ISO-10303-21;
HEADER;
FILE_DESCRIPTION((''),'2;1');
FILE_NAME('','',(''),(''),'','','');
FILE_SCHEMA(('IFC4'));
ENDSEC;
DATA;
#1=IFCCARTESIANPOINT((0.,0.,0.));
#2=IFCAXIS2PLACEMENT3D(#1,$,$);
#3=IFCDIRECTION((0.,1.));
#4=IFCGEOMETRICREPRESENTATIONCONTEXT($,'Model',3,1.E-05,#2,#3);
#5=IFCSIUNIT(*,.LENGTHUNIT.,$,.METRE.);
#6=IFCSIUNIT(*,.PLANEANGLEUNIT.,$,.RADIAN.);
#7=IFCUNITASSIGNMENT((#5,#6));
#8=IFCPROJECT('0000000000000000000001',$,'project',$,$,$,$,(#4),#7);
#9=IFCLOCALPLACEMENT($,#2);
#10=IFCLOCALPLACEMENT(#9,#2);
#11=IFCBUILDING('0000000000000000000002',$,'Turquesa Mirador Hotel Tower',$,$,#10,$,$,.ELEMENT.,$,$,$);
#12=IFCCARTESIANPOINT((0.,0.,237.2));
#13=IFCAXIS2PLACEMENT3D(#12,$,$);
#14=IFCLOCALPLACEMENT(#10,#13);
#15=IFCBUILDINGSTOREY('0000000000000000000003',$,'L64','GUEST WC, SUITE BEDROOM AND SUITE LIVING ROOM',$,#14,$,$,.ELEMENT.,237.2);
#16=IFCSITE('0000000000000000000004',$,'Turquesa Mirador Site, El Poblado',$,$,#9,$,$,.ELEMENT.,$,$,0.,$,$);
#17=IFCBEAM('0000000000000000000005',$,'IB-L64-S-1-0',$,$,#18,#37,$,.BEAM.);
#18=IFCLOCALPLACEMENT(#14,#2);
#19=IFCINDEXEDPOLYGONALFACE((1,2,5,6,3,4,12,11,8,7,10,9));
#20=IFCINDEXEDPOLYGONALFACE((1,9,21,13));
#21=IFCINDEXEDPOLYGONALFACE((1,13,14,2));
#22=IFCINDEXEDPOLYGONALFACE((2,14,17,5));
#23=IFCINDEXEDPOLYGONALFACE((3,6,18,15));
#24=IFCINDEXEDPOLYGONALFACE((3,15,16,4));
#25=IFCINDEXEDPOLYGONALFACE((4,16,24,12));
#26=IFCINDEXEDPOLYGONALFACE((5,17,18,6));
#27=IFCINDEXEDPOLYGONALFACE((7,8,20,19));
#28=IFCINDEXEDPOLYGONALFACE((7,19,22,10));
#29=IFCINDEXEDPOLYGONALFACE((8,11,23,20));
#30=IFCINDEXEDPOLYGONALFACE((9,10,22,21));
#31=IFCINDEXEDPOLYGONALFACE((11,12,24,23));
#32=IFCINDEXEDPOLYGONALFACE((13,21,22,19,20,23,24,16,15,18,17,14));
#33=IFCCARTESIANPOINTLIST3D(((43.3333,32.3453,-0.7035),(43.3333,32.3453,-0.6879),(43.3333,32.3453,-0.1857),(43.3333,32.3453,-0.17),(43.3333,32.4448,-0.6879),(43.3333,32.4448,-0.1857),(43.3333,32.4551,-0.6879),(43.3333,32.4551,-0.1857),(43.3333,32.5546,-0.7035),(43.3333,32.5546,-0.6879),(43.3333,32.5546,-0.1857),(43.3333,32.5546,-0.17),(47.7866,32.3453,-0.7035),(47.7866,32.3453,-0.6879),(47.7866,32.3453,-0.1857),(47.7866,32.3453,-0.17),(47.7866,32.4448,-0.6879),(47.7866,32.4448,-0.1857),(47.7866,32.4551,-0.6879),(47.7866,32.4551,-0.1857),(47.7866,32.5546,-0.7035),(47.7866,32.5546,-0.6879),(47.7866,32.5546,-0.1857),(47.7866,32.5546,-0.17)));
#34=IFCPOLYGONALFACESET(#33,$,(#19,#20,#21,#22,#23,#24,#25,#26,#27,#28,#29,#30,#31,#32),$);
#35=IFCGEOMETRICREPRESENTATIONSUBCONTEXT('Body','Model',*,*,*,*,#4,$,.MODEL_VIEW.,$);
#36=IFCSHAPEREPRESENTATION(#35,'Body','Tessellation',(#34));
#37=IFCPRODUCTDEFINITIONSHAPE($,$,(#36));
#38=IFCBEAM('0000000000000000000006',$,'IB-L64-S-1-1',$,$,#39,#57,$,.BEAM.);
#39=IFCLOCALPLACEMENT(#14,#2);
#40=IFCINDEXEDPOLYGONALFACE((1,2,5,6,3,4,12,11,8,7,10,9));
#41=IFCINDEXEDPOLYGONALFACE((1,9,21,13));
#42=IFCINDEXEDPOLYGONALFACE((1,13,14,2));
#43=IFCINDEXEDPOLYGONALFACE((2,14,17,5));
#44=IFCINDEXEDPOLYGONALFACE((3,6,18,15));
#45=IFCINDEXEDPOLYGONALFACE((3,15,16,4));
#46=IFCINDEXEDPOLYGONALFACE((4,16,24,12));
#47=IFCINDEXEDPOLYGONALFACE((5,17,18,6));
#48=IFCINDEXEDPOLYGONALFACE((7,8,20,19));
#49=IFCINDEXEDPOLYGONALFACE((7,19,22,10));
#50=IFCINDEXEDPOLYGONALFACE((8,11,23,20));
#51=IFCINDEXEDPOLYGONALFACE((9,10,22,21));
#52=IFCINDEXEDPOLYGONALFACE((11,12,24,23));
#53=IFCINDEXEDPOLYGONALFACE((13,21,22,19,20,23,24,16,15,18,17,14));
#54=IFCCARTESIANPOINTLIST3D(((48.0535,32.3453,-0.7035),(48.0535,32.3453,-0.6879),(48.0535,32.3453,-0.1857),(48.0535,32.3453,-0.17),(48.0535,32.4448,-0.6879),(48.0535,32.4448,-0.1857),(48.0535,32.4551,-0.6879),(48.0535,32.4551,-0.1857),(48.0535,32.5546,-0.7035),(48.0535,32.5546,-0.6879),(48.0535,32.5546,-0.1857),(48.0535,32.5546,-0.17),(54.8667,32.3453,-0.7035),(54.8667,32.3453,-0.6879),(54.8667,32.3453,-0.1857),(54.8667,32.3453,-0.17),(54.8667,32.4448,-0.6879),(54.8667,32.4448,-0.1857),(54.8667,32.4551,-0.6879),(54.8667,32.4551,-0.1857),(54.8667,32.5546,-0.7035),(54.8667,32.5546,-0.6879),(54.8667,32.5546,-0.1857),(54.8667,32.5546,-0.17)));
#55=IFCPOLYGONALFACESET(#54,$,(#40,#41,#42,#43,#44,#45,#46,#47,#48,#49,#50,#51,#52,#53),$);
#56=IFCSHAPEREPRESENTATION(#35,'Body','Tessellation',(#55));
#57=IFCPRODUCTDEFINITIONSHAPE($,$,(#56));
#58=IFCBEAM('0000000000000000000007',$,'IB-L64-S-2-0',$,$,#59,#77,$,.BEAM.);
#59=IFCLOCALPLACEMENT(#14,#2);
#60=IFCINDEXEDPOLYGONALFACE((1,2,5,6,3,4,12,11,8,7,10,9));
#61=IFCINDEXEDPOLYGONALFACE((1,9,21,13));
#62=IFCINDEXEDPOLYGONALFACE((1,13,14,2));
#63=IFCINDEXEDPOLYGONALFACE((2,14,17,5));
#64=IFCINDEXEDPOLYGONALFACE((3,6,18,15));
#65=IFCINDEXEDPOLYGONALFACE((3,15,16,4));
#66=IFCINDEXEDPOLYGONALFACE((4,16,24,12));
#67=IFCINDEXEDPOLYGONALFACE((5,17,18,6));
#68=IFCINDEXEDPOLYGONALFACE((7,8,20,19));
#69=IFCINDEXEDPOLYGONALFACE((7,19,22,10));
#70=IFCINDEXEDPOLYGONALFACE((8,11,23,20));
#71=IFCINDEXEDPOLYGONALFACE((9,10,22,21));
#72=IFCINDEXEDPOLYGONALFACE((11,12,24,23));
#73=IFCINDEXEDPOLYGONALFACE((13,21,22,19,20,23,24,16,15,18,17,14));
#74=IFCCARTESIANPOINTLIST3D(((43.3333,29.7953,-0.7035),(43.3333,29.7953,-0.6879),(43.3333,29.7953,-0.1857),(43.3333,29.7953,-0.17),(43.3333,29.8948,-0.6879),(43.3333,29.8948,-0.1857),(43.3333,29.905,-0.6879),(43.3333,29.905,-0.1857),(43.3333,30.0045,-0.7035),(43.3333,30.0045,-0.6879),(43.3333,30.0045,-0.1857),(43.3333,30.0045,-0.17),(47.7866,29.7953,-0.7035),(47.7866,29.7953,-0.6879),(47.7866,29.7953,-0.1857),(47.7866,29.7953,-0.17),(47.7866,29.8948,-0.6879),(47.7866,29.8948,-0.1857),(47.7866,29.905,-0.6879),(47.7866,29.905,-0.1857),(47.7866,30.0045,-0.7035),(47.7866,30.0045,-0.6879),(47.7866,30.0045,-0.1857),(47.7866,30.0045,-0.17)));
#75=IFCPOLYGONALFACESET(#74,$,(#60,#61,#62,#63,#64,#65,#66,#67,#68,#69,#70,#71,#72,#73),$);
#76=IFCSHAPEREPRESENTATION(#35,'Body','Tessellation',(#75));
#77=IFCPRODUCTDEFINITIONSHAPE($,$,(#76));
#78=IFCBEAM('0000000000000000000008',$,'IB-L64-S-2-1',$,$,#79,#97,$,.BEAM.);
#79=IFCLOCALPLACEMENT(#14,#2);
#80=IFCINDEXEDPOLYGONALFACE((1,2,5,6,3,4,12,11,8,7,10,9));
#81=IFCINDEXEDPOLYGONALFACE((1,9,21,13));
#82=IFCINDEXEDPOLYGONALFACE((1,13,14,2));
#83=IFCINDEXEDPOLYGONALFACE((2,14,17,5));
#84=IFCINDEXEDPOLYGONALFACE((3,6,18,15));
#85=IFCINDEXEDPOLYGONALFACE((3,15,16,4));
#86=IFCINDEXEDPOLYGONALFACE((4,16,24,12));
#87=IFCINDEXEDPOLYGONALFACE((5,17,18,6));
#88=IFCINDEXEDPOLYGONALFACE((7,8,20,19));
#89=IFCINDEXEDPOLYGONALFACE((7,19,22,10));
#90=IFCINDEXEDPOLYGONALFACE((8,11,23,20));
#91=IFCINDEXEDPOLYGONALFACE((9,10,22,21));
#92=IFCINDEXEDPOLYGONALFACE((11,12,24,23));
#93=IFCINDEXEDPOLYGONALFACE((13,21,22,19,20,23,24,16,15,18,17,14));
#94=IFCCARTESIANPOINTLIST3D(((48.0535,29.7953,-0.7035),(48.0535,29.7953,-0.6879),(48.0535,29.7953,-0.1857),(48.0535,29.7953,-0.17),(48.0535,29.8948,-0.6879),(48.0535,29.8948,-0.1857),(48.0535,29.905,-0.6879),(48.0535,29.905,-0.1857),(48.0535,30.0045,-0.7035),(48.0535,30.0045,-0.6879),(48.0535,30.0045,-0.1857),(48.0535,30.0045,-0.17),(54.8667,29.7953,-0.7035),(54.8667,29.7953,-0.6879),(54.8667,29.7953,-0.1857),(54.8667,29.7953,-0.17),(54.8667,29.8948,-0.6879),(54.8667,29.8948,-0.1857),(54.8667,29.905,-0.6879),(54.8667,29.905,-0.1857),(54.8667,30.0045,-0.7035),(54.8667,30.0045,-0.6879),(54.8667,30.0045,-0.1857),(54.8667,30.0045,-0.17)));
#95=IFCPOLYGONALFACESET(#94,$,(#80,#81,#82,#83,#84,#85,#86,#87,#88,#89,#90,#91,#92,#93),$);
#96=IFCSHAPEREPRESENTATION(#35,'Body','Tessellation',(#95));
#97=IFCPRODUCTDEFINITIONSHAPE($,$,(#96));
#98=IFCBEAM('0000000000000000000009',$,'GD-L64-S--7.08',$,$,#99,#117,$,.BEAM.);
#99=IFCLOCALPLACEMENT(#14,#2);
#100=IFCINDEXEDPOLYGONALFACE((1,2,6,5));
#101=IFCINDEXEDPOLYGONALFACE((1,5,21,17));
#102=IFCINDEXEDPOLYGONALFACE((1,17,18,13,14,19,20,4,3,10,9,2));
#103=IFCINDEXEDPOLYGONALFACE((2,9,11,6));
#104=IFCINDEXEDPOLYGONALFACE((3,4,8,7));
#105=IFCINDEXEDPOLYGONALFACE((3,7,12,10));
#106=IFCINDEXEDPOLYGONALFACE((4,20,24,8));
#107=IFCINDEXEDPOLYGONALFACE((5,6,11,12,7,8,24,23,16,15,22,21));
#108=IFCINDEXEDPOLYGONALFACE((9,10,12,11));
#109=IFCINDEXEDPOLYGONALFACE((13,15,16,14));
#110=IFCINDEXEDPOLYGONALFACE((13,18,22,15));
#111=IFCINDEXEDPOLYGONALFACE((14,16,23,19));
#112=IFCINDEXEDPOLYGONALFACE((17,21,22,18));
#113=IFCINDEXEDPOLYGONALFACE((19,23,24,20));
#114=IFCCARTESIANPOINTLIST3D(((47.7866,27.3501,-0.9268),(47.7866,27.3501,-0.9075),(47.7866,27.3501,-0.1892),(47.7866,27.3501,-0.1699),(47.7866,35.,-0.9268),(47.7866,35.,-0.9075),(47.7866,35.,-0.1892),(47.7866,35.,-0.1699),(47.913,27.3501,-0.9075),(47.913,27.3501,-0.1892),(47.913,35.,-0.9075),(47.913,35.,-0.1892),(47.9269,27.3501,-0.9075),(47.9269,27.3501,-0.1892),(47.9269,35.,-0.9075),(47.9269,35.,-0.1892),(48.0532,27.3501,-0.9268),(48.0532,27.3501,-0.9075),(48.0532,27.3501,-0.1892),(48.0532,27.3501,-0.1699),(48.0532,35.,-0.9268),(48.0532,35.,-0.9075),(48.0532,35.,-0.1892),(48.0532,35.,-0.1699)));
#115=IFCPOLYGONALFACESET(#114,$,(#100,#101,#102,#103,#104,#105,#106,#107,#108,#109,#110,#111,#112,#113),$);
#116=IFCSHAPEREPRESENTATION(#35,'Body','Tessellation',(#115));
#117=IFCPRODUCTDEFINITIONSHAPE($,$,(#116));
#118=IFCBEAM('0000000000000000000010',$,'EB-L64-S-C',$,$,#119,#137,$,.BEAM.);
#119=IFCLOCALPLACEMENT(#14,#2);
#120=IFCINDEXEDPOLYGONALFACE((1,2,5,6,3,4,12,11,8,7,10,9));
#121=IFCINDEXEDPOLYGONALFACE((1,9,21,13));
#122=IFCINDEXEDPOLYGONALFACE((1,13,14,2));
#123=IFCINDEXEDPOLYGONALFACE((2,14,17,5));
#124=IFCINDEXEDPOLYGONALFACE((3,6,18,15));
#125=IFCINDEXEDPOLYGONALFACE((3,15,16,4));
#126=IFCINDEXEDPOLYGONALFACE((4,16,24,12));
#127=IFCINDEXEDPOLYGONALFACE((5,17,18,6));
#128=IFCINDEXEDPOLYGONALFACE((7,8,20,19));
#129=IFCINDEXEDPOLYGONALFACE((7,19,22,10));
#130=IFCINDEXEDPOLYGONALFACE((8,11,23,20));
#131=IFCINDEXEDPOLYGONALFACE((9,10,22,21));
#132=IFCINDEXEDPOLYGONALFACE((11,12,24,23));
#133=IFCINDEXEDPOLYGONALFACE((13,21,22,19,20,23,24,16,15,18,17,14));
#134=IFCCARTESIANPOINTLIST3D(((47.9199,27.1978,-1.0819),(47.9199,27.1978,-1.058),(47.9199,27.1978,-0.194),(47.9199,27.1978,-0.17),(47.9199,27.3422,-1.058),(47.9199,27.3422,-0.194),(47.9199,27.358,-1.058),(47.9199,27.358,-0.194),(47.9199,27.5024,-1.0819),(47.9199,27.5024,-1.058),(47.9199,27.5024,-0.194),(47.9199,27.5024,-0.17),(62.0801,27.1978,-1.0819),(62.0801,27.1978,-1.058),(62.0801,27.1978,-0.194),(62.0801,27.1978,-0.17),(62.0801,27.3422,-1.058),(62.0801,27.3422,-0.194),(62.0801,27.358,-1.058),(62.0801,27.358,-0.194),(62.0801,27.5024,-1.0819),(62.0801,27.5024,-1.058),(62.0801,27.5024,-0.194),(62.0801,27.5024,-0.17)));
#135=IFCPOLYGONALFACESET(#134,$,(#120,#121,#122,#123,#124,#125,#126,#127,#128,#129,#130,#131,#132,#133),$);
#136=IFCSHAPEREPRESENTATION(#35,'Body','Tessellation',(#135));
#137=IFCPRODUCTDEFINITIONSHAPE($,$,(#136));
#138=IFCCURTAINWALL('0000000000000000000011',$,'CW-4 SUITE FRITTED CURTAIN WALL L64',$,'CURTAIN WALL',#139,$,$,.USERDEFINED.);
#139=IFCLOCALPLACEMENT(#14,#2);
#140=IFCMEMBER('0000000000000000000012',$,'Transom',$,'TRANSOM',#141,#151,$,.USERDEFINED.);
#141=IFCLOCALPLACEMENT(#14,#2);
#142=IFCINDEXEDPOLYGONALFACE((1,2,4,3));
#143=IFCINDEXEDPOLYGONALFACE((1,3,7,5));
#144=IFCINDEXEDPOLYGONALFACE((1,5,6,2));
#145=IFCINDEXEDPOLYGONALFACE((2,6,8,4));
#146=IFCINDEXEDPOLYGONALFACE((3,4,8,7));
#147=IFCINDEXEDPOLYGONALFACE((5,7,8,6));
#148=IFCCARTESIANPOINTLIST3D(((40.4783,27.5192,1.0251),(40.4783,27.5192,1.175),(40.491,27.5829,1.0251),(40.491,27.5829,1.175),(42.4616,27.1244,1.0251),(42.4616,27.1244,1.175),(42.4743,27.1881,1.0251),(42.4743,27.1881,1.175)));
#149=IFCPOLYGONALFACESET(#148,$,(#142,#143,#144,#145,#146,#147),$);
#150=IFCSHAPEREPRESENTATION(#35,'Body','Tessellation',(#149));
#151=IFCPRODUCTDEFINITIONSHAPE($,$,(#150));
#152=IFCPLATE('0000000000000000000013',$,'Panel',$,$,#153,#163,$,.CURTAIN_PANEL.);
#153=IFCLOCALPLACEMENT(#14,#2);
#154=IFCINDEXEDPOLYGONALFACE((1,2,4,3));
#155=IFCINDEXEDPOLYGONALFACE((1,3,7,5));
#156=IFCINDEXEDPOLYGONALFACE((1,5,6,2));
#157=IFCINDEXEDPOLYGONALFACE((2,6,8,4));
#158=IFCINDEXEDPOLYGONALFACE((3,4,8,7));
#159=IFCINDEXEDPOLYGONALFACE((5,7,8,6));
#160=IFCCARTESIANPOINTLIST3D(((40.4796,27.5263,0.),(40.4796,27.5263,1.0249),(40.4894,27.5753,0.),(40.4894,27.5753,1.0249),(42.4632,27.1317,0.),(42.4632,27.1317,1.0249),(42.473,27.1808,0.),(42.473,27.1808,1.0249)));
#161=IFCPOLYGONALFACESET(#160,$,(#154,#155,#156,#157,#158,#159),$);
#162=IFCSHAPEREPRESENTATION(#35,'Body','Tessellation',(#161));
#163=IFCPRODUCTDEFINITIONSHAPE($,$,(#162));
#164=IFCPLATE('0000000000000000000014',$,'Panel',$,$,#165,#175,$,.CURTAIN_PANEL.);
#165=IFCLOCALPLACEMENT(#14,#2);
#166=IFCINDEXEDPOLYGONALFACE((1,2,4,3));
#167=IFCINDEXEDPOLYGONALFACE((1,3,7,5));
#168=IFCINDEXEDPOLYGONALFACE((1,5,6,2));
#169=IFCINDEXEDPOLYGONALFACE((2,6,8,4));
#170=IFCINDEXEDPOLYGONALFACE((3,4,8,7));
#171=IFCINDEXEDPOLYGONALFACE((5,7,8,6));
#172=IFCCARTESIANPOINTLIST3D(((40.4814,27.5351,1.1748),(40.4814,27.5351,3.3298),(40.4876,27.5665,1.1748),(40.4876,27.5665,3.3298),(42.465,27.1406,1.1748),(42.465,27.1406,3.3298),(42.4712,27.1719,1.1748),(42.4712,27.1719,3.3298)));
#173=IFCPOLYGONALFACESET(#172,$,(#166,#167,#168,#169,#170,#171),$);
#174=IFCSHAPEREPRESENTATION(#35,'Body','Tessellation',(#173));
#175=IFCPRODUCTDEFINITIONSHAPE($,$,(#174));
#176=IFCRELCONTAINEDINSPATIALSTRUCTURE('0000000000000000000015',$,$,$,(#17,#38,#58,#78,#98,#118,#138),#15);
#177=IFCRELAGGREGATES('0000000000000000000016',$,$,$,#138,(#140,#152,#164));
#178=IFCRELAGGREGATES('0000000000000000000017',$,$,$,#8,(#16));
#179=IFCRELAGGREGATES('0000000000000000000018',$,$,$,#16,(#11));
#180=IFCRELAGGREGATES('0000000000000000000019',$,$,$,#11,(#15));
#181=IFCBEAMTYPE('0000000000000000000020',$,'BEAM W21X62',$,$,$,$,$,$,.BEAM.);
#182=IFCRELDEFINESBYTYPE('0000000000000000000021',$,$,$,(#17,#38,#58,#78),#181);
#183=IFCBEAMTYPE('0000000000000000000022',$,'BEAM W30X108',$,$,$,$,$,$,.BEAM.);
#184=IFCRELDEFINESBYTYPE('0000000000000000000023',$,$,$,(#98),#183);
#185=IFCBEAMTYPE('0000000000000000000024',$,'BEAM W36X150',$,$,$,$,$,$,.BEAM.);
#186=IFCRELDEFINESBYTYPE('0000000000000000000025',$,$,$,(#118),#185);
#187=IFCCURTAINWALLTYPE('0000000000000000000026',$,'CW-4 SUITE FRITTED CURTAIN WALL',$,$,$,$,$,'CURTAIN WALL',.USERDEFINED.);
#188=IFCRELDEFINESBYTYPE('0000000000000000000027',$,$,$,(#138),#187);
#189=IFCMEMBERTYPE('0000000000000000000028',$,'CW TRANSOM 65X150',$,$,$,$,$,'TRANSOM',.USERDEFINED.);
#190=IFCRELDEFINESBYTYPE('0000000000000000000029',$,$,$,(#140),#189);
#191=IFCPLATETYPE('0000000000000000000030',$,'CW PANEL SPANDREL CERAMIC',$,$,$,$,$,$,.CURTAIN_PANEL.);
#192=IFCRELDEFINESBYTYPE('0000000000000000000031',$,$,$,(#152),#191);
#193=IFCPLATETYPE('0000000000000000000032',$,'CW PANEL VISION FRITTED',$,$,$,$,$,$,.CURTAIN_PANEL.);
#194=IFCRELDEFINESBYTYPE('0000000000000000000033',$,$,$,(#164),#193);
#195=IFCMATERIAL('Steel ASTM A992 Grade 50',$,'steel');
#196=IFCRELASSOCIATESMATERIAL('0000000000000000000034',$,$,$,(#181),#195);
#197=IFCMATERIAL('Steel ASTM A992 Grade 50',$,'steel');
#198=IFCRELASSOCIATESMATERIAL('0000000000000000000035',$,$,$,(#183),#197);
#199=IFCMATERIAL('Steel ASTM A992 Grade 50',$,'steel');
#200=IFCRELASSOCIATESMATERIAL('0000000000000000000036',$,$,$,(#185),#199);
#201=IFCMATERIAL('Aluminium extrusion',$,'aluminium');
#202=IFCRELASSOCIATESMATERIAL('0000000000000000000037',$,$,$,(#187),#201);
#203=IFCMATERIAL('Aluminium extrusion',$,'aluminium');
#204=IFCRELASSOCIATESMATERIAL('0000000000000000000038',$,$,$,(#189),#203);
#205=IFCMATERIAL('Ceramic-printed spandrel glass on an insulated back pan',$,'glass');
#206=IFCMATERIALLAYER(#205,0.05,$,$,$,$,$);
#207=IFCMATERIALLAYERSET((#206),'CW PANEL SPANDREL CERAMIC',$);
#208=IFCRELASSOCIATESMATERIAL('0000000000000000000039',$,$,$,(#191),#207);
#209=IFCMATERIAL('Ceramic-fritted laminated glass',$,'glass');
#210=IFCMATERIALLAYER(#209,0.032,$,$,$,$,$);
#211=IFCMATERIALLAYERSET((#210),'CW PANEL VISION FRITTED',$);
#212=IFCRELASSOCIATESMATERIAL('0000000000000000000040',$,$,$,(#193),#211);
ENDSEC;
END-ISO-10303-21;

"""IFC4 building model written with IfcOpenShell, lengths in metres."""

from ifc_helpers import new_model, si_unit, direction, frame, origin, origin_2d, place, context, subcontext, project, spatial, rectangle, i_section, extrude, material, layer, layer_set, material_profile, profile_set, type_object, element, aggregate, save


model = new_model("IFC4")

# Units and contexts
model_context = context("Model", 3, precision=1e-05, world=origin(), true_north=direction((0.0, 1.0)))
body_context = subcontext(model_context, "Body", "Model", "MODEL_VIEW")
ifc_project = project(units=[si_unit("LENGTHUNIT", "METRE"), si_unit("PLANEANGLEUNIT", "RADIAN")], contexts=[model_context])

# Site, building, storey
site_placement = place(None, origin())
site = spatial("IfcSite", under=ifc_project, at=site_placement, Name="Turquesa Mirador Site, El Poblado", CompositionType="ELEMENT", RefElevation=0.0)
building_placement = place(site_placement, origin())
building = spatial("IfcBuilding", under=site, at=building_placement, Name="Turquesa Mirador Hotel Tower", CompositionType="ELEMENT")
storey_placement = place(building_placement, frame((0.0, 0.0, 237.2)))
storey = spatial("IfcBuildingStorey", under=building, at=storey_placement, Name="L64", Description="GUEST WC, SUITE BEDROOM AND SUITE LIVING ROOM", CompositionType="ELEMENT", Elevation=237.2)

# Beams
ifc_material_1 = material(Name="Steel ASTM A992 Grade 50", Category="steel")
ifc_material_profile_1 = material_profile(ifc_material_1, i_section(OverallWidth=0.2092, OverallDepth=0.5334, WebThickness=0.0103, FlangeThickness=0.0156, at=origin_2d()), Name="W21X62")
ifc_profile_set_1 = profile_set([ifc_material_profile_1], Name="Steel ASTM A992 Grade 50")
beam_type_1 = type_object("IfcBeamType", Name="BEAM W21X62", PredefinedType="BEAM", material=ifc_profile_set_1)
beam_1_placement = place(storey_placement, frame((43.3333, 32.45, -0.4368), z_axis=(1.0, 0.0, 0.0), x_axis=(0.0, 1.0, 0.0)))
element("IfcBeam", 1, at=beam_1_placement, inside=storey, type_object=beam_type_1, Name="IB-L64-S-1-0", PredefinedType="BEAM", context=body_context, shape_type="SweptSolid", body=[
    extrude(i_section(OverallWidth=0.2092, OverallDepth=0.5334, WebThickness=0.0103, FlangeThickness=0.0156, at=origin_2d()), origin(), (0.0, 0.0, 1.0), 4.4534),
])
beam_2_placement = place(storey_placement, frame((48.0535, 32.45, -0.4368), z_axis=(1.0, 0.0, 0.0), x_axis=(0.0, 1.0, 0.0)))
element("IfcBeam", 2, at=beam_2_placement, inside=storey, type_object=beam_type_1, Name="IB-L64-S-1-1", PredefinedType="BEAM", context=body_context, shape_type="SweptSolid", body=[
    extrude(i_section(OverallWidth=0.2092, OverallDepth=0.5334, WebThickness=0.0103, FlangeThickness=0.0156, at=origin_2d()), origin(), (0.0, 0.0, 1.0), 6.8132),
])
beam_3_placement = place(storey_placement, frame((43.3333, 29.8999, -0.4368), z_axis=(1.0, 0.0, 0.0), x_axis=(0.0, 1.0, 0.0)))
element("IfcBeam", 3, at=beam_3_placement, inside=storey, type_object=beam_type_1, Name="IB-L64-S-2-0", PredefinedType="BEAM", context=body_context, shape_type="SweptSolid", body=[
    extrude(i_section(OverallWidth=0.2092, OverallDepth=0.5334, WebThickness=0.0103, FlangeThickness=0.0156, at=origin_2d()), origin(), (0.0, 0.0, 1.0), 4.4534),
])
beam_4_placement = place(storey_placement, frame((48.0535, 29.8999, -0.4368), z_axis=(1.0, 0.0, 0.0), x_axis=(0.0, 1.0, 0.0)))
element("IfcBeam", 4, at=beam_4_placement, inside=storey, type_object=beam_type_1, Name="IB-L64-S-2-1", PredefinedType="BEAM", context=body_context, shape_type="SweptSolid", body=[
    extrude(i_section(OverallWidth=0.2092, OverallDepth=0.5334, WebThickness=0.0103, FlangeThickness=0.0156, at=origin_2d()), origin(), (0.0, 0.0, 1.0), 6.8132),
])
ifc_material_2 = material(Name="Steel ASTM A992 Grade 50", Category="steel")
ifc_material_profile_2 = material_profile(ifc_material_2, i_section(OverallWidth=0.2666, OverallDepth=0.7568, WebThickness=0.0139, FlangeThickness=0.0193, at=origin_2d()), Name="W30X108")
ifc_profile_set_2 = profile_set([ifc_material_profile_2], Name="Steel ASTM A992 Grade 50")
beam_type_2 = type_object("IfcBeamType", Name="BEAM W30X108", PredefinedType="BEAM", material=ifc_profile_set_2)
beam_5_placement = place(storey_placement, frame((47.9199, 27.3501, -0.5483), z_axis=(0.0, 1.0, 0.0), x_axis=(-1.0, 0.0, 0.0)))
element("IfcBeam", 5, at=beam_5_placement, inside=storey, type_object=beam_type_2, Name="GD-L64-S--7.08", PredefinedType="BEAM", context=body_context, shape_type="SweptSolid", body=[
    extrude(i_section(OverallWidth=0.2666, OverallDepth=0.7568, WebThickness=0.0139, FlangeThickness=0.0193, at=origin_2d()), origin(), (0.0, 0.0, 1.0), 7.6499),
])
ifc_material_3 = material(Name="Steel ASTM A992 Grade 50", Category="steel")
ifc_material_profile_3 = material_profile(ifc_material_3, i_section(OverallWidth=0.3047, OverallDepth=0.9119, WebThickness=0.0159, FlangeThickness=0.0239, at=origin_2d()), Name="W36X150")
ifc_profile_set_3 = profile_set([ifc_material_profile_3], Name="Steel ASTM A992 Grade 50")
beam_type_3 = type_object("IfcBeamType", Name="BEAM W36X150", PredefinedType="BEAM", material=ifc_profile_set_3)
beam_6_placement = place(storey_placement, frame((47.9199, 27.3501, -0.626), z_axis=(1.0, 0.0, 0.0), x_axis=(0.0, 1.0, 0.0)))
element("IfcBeam", 6, at=beam_6_placement, inside=storey, type_object=beam_type_3, Name="EB-L64-S-C", PredefinedType="BEAM", context=body_context, shape_type="SweptSolid", body=[
    extrude(i_section(OverallWidth=0.3047, OverallDepth=0.9119, WebThickness=0.0159, FlangeThickness=0.0239, at=origin_2d()), origin(), (0.0, 0.0, 1.0), 14.1602),
])

# Curtain wall, member, plates
ifc_material_4 = material(Name="Aluminium extrusion", Category="aluminium")
curtain_wall_type = type_object("IfcCurtainWallType", Name="CW-4 SUITE FRITTED CURTAIN WALL", ElementType="CURTAIN WALL", PredefinedType="USERDEFINED", material=ifc_material_4)
curtain_wall_placement = place(storey_placement, origin())
curtain_wall = element("IfcCurtainWall", 7, at=curtain_wall_placement, inside=storey, type_object=curtain_wall_type, Name="CW-4 SUITE FRITTED CURTAIN WALL L64", ObjectType="CURTAIN WALL", PredefinedType="USERDEFINED")
ifc_material_5 = material(Name="Aluminium extrusion", Category="aluminium")
ifc_material_profile_4 = material_profile(ifc_material_5, rectangle(XDim=0.0649, YDim=0.1499, at=origin_2d()), Name="TRANSOM 65X150")
ifc_profile_set_4 = profile_set([ifc_material_profile_4], Name="Aluminium extrusion")
member_type = type_object("IfcMemberType", Name="CW TRANSOM 65X150", ElementType="TRANSOM", PredefinedType="USERDEFINED", material=ifc_profile_set_4)
member_placement = place(storey_placement, frame((40.4846, 27.551, 1.1001), z_axis=(0.980761, -0.195211, 0.0), x_axis=(0.195211, 0.980761, 0.0)))
member = element("IfcMember", 8, at=member_placement, type_object=member_type, Name="Transom", ObjectType="TRANSOM", PredefinedType="USERDEFINED", context=body_context, shape_type="SweptSolid", body=[
    extrude(rectangle(XDim=0.0649, YDim=0.1499, at=origin_2d()), origin(), (0.0, 0.0, 1.0), 2.0222),
])
ifc_material_6 = material(Name="Ceramic-printed spandrel glass on an insulated back pan", Category="glass")
ifc_layer_1 = layer(ifc_material_6, 0.05)
ifc_layer_set_1 = layer_set([ifc_layer_1], Name="CW PANEL SPANDREL CERAMIC")
plate_type_1 = type_object("IfcPlateType", Name="CW PANEL SPANDREL CERAMIC", PredefinedType="CURTAIN_PANEL", material=ifc_layer_set_1)
plate_1_placement = place(storey_placement, frame((41.4763, 27.3535, 0.0), z_axis=(0.0, 0.0, 1.0), x_axis=(0.980785, -0.195091, 0.0)))
plate_1 = element("IfcPlate", 9, at=plate_1_placement, type_object=plate_type_1, Name="Panel", PredefinedType="CURTAIN_PANEL", context=body_context, shape_type="SweptSolid", body=[
    extrude(rectangle(XDim=2.0225, YDim=0.05, at=origin_2d()), origin(), (0.0, 0.0, 1.0), 1.0249),
])
ifc_material_7 = material(Name="Ceramic-fritted laminated glass", Category="glass")
ifc_layer_2 = layer(ifc_material_7, 0.032)
ifc_layer_set_2 = layer_set([ifc_layer_2], Name="CW PANEL VISION FRITTED")
plate_type_2 = type_object("IfcPlateType", Name="CW PANEL VISION FRITTED", PredefinedType="CURTAIN_PANEL", material=ifc_layer_set_2)
plate_2_placement = place(storey_placement, frame((41.4763, 27.3535, 1.1748), z_axis=(0.0, 0.0, 1.0), x_axis=(0.980785, -0.195091, 0.0)))
plate_2 = element("IfcPlate", 10, at=plate_2_placement, type_object=plate_type_2, Name="Panel", PredefinedType="CURTAIN_PANEL", context=body_context, shape_type="SweptSolid", body=[
    extrude(rectangle(XDim=2.0225, YDim=0.032, at=origin_2d()), origin(), (0.0, 0.0, 1.0), 2.155),
])
aggregate(curtain_wall, [member, plate_1, plate_2])

save(model, "model.ifc")
